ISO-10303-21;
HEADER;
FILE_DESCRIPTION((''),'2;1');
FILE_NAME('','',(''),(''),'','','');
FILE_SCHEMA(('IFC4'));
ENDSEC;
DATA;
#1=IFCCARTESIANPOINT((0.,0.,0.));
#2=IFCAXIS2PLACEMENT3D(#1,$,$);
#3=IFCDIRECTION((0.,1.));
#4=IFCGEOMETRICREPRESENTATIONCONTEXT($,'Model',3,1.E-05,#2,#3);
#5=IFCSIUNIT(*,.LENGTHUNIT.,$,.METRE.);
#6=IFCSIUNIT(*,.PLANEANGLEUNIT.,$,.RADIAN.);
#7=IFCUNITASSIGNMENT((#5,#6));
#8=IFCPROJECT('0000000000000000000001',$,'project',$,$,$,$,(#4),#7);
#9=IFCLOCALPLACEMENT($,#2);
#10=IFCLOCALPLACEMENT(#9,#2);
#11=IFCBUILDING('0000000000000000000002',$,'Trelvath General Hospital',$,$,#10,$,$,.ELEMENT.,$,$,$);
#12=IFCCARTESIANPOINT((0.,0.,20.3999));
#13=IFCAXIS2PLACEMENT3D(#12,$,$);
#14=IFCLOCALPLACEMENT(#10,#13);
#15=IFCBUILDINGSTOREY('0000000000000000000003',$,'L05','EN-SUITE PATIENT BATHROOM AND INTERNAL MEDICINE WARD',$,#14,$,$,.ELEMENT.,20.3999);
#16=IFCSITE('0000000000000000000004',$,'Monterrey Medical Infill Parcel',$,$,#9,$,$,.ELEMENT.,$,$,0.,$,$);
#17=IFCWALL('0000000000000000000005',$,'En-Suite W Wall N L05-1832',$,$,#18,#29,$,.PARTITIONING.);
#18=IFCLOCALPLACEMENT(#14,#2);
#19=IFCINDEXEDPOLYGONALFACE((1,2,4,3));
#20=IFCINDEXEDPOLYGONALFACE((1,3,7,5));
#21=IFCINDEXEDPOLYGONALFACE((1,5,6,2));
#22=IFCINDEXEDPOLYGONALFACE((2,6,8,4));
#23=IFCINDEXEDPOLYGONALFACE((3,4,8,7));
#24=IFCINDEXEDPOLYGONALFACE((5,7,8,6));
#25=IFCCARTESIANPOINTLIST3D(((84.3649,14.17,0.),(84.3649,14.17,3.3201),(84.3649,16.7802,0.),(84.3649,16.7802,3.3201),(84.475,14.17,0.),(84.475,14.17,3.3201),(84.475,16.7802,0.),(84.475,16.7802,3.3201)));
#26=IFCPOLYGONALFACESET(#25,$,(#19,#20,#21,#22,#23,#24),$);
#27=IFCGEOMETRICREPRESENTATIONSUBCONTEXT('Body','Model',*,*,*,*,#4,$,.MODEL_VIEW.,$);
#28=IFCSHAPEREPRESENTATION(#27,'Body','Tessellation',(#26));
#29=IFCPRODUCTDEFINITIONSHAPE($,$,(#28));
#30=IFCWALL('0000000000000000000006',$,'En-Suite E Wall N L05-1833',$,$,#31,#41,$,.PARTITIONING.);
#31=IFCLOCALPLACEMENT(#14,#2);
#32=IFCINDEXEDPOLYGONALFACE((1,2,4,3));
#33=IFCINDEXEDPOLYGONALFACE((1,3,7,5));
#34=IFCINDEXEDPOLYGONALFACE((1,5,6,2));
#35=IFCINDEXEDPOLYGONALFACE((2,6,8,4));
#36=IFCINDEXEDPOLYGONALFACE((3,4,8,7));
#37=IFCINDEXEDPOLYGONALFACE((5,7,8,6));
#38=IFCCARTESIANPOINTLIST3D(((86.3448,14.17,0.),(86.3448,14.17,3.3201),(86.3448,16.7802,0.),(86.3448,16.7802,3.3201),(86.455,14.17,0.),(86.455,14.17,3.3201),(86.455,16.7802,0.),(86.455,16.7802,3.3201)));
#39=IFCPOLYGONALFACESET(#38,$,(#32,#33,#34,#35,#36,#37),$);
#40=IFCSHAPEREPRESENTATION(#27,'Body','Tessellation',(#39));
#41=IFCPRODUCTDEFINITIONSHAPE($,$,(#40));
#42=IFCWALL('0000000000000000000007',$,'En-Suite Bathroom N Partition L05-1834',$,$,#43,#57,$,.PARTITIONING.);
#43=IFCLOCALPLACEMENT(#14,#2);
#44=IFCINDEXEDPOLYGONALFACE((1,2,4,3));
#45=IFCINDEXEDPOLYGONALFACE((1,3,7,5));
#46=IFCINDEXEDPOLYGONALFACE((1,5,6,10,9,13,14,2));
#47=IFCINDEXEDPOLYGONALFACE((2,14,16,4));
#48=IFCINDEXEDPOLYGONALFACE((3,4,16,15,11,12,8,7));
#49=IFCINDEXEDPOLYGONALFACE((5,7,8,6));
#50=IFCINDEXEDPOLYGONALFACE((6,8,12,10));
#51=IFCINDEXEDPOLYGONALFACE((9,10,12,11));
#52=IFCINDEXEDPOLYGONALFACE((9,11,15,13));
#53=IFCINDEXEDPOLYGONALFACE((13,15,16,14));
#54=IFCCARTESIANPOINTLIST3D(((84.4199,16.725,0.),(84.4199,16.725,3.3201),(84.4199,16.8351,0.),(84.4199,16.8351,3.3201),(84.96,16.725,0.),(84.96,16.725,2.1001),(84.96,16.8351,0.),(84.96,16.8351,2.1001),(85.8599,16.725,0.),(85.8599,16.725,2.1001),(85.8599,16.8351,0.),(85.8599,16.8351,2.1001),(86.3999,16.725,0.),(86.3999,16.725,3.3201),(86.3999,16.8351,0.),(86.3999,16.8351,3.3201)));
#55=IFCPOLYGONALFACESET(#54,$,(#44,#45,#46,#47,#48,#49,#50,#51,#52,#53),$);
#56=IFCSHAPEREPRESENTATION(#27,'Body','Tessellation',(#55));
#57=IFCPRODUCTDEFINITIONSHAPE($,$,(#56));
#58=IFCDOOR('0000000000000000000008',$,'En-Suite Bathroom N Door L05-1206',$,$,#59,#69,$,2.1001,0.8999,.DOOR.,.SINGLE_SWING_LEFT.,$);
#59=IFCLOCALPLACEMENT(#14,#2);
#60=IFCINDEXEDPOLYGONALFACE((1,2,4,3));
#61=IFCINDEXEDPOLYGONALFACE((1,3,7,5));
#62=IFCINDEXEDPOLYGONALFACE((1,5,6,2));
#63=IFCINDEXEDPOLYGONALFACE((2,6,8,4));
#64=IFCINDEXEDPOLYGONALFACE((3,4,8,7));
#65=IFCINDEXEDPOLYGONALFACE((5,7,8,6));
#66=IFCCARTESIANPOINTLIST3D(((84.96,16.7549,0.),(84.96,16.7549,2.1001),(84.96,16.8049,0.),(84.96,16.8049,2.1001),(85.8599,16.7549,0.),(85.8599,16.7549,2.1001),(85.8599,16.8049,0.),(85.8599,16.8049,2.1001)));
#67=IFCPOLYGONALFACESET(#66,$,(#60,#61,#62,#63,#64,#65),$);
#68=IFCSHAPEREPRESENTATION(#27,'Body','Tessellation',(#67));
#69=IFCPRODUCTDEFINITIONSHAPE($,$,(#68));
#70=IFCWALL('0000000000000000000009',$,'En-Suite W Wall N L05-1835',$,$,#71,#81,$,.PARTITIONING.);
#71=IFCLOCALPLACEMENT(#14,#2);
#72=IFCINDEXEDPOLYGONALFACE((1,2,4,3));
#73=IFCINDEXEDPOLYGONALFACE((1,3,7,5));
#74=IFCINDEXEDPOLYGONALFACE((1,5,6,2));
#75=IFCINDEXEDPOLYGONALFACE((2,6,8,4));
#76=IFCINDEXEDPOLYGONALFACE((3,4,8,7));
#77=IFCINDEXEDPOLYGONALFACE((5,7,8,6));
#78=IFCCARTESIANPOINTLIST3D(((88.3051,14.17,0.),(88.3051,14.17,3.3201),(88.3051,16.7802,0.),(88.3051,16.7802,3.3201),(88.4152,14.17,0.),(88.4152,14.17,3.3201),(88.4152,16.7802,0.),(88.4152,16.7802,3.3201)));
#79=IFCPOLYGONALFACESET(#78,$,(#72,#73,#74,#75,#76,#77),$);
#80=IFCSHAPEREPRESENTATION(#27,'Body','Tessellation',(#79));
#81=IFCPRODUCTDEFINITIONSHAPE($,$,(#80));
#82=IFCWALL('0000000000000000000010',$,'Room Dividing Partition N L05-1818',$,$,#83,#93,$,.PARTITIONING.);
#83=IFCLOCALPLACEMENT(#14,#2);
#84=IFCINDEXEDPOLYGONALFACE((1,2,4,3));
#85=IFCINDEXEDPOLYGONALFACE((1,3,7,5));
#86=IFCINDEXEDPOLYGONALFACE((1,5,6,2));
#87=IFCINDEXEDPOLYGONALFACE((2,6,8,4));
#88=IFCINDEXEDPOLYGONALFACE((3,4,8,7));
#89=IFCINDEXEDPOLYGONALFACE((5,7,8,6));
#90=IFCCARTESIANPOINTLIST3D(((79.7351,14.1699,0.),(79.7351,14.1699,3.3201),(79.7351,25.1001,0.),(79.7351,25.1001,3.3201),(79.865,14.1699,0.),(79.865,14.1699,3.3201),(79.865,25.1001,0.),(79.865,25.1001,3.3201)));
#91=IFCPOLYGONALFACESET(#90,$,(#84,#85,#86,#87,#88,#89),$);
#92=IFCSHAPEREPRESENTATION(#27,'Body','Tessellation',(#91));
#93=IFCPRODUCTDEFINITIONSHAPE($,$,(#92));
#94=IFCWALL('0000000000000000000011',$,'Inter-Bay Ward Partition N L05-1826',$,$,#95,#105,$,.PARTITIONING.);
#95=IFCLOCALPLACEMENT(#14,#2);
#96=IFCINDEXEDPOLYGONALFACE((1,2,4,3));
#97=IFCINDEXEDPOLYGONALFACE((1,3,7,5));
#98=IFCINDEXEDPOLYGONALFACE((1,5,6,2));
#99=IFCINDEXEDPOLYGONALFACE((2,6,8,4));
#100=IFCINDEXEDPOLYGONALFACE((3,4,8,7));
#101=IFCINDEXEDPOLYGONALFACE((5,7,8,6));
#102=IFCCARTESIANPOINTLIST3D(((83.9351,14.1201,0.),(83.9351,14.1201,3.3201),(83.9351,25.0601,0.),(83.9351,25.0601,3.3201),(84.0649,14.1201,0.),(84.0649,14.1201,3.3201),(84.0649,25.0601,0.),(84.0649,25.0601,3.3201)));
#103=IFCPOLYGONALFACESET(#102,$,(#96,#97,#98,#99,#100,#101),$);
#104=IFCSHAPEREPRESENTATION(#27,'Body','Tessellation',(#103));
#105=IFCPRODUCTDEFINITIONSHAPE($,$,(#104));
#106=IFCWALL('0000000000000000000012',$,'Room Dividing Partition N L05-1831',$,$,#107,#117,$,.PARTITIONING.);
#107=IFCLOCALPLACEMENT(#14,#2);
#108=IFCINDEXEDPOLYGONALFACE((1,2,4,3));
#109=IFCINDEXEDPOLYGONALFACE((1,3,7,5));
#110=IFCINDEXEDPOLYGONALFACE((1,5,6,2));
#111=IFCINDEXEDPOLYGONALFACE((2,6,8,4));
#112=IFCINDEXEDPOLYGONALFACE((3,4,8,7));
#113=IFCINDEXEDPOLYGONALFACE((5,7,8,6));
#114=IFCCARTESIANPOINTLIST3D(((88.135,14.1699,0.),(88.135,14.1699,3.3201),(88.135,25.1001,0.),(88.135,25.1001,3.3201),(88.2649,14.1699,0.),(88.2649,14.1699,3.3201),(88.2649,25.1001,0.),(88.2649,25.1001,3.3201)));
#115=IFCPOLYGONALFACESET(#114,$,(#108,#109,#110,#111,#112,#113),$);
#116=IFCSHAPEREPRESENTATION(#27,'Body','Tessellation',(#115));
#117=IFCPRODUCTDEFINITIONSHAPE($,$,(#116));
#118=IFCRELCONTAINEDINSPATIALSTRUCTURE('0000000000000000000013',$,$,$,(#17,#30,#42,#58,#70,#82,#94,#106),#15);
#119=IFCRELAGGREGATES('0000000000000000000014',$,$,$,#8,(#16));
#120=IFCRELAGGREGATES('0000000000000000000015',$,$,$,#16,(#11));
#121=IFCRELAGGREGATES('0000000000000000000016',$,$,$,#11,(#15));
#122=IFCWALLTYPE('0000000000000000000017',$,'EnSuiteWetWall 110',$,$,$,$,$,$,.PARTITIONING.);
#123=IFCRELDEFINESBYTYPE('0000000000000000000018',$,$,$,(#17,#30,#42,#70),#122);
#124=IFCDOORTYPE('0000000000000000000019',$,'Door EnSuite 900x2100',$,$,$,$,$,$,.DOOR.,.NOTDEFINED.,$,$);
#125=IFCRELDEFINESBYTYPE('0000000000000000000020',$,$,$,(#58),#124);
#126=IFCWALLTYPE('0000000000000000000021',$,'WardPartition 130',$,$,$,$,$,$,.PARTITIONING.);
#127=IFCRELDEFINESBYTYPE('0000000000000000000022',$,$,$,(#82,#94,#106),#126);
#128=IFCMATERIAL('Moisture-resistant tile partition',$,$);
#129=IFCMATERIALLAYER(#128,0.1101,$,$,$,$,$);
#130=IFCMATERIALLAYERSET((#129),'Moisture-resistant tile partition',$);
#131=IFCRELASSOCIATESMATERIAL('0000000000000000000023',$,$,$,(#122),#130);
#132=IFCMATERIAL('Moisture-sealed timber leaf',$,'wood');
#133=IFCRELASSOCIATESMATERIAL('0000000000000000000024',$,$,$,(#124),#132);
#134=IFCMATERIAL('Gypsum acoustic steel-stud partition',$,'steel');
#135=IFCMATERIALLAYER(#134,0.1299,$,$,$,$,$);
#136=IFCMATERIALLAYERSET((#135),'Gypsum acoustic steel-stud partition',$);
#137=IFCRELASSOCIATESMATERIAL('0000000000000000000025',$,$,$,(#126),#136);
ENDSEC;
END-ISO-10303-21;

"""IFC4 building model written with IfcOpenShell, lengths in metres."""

from ifc_helpers import new_model, si_unit, direction, frame, frame_2d, origin, place, context, subcontext, project, spatial, rectangle, extrude, material, layer, layer_set, type_object, element, fill, save


model = new_model("IFC4")

# Units and contexts
model_context = context("Model", 3, precision=1e-05, world=origin(), true_north=direction((0.0, 1.0)))
body_context = subcontext(model_context, "Body", "Model", "MODEL_VIEW")
ifc_project = project(units=[si_unit("LENGTHUNIT", "METRE"), si_unit("PLANEANGLEUNIT", "RADIAN")], contexts=[model_context])

# Site, building, storey
site_placement = place(None, origin())
site = spatial("IfcSite", under=ifc_project, at=site_placement, Name="Monterrey Medical Infill Parcel", CompositionType="ELEMENT", RefElevation=0.0)
building_placement = place(site_placement, origin())
building = spatial("IfcBuilding", under=site, at=building_placement, Name="Trelvath General Hospital", CompositionType="ELEMENT")
storey_placement = place(building_placement, frame((0.0, 0.0, 20.3999)))
storey = spatial("IfcBuildingStorey", under=building, at=storey_placement, Name="L05", Description="EN-SUITE PATIENT BATHROOM AND INTERNAL MEDICINE WARD", CompositionType="ELEMENT", Elevation=20.3999)

# Shared definitions
ifc_material_1 = material(Name="Moisture-resistant tile partition")
ifc_layer_1 = layer(ifc_material_1, 0.1101)
ifc_layer_set_1 = layer_set([ifc_layer_1], Name="Moisture-resistant tile partition")
wall_type_1 = type_object("IfcWallType", Name="EnSuiteWetWall 110", PredefinedType="PARTITIONING", material=ifc_layer_set_1)

# Shared definitions
ifc_material_2 = material(Name="Moisture-sealed timber leaf", Category="wood")
door_type_1 = type_object("IfcDoorType", Name="Door EnSuite 900x2100", OperationType="NOTDEFINED", PredefinedType="DOOR", material=ifc_material_2)

# Walls
for number, where, z_axis, x_axis, name in (
    (1, (84.4199, 14.1699, 0.0), (0.0, 0.0, 1.0), (0.0, 1.0, 0.0), "En-Suite W Wall N L05-1832"),
    (2, (86.3999, 14.1699, 0.0), (0.0, 0.0, 1.0), (0.0, 1.0, 0.0), "En-Suite E Wall N L05-1833"),
):
    element("IfcWall", number, at=place(storey_placement, frame(where, z_axis=z_axis, x_axis=x_axis)), inside=storey, type_object=wall_type_1, Name=name, PredefinedType="PARTITIONING", context=body_context, shape_type="SweptSolid", body=[
        extrude(rectangle(XDim=2.6101, YDim=0.1101, at=frame_2d((1.3052, 0.0))), origin(), (0.0, 0.0, 1.0), 3.3201),
    ])

# Wall, opening, door
wall_1_placement = place(storey_placement, frame((84.4199, 16.78, 0.0), z_axis=(0.0, 0.0, 1.0), x_axis=(1.0, 0.0, 0.0)))
wall_1 = element("IfcWall", 3, at=wall_1_placement, inside=storey, type_object=wall_type_1, Name="En-Suite Bathroom N Partition L05-1834", PredefinedType="PARTITIONING", context=body_context, shape_type="SweptSolid", body=[
    extrude(rectangle(XDim=1.98, YDim=0.1101, at=frame_2d((0.99, 0.0))), origin(), (0.0, 0.0, 1.0), 3.3201),
])
opening_1_placement = place(wall_1_placement, frame((0.54, 0.0, 0.0)))
opening_1 = element("IfcOpeningElement", 4, at=opening_1_placement, cuts=wall_1, PredefinedType="OPENING", context=body_context, shape_type="SweptSolid", body=[
    extrude(rectangle(XDim=0.8999, YDim=2.1001, at=frame_2d((0.45, 1.05))), frame((0.0, 0.0649, 0.0), z_axis=(0.0, -1.0, 0.0), x_axis=(1.0, 0.0, 0.0)), (0.0, 0.0, 1.0), 0.1301),
])
door_1_placement = place(opening_1_placement, origin())
door_1 = element("IfcDoor", 5, at=door_1_placement, inside=storey, type_object=door_type_1, Name="En-Suite Bathroom N Door L05-1206", OperationType="SINGLE_SWING_LEFT", OverallHeight=2.1001, OverallWidth=0.8999, PredefinedType="DOOR", context=body_context, shape_type="SweptSolid", body=[
    extrude(rectangle(XDim=0.8999, YDim=2.1001, at=frame_2d((0.45, 1.05))), frame((0.0, 0.0249, 0.0), z_axis=(0.0, -1.0, 0.0), x_axis=(1.0, 0.0, 0.0)), (0.0, 0.0, 1.0), 0.05),
])
fill(opening_1, door_1)

# Walls
wall_2_placement = place(storey_placement, frame((88.3601, 14.1699, 0.0), z_axis=(0.0, 0.0, 1.0), x_axis=(0.0, 1.0, 0.0)))
element("IfcWall", 6, at=wall_2_placement, inside=storey, type_object=wall_type_1, Name="En-Suite W Wall N L05-1835", PredefinedType="PARTITIONING", context=body_context, shape_type="SweptSolid", body=[
    extrude(rectangle(XDim=2.6101, YDim=0.1101, at=frame_2d((1.3052, 0.0))), origin(), (0.0, 0.0, 1.0), 3.3201),
])
ifc_material_3 = material(Name="Gypsum acoustic steel-stud partition", Category="steel")
ifc_layer_2 = layer(ifc_material_3, 0.1299)
ifc_layer_set_2 = layer_set([ifc_layer_2], Name="Gypsum acoustic steel-stud partition")
wall_type_2 = type_object("IfcWallType", Name="WardPartition 130", PredefinedType="PARTITIONING", material=ifc_layer_set_2)
wall_3_placement = place(storey_placement, frame((79.8, 14.1699, 0.0), z_axis=(0.0, 0.0, 1.0), x_axis=(0.0, 1.0, 0.0)))
element("IfcWall", 7, at=wall_3_placement, inside=storey, type_object=wall_type_2, Name="Room Dividing Partition N L05-1818", PredefinedType="PARTITIONING", context=body_context, shape_type="SweptSolid", body=[
    extrude(rectangle(XDim=10.9302, YDim=0.1299, at=frame_2d((5.4651, 0.0))), origin(), (0.0, 0.0, 1.0), 3.3201),
])
wall_4_placement = place(storey_placement, frame((84.0, 14.1201, 0.0), z_axis=(0.0, 0.0, 1.0), x_axis=(0.0, 1.0, 0.0)))
element("IfcWall", 8, at=wall_4_placement, inside=storey, type_object=wall_type_2, Name="Inter-Bay Ward Partition N L05-1826", PredefinedType="PARTITIONING", context=body_context, shape_type="SweptSolid", body=[
    extrude(rectangle(XDim=10.9399, YDim=0.1299, at=frame_2d((5.47, 0.0))), origin(), (0.0, 0.0, 1.0), 3.3201),
])
wall_5_placement = place(storey_placement, frame((88.2, 14.1699, 0.0), z_axis=(0.0, 0.0, 1.0), x_axis=(0.0, 1.0, 0.0)))
element("IfcWall", 9, at=wall_5_placement, inside=storey, type_object=wall_type_2, Name="Room Dividing Partition N L05-1831", PredefinedType="PARTITIONING", context=body_context, shape_type="SweptSolid", body=[
    extrude(rectangle(XDim=10.9302, YDim=0.1299, at=frame_2d((5.4651, 0.0))), origin(), (0.0, 0.0, 1.0), 3.3201),
])

save(model, "model.ifc")
